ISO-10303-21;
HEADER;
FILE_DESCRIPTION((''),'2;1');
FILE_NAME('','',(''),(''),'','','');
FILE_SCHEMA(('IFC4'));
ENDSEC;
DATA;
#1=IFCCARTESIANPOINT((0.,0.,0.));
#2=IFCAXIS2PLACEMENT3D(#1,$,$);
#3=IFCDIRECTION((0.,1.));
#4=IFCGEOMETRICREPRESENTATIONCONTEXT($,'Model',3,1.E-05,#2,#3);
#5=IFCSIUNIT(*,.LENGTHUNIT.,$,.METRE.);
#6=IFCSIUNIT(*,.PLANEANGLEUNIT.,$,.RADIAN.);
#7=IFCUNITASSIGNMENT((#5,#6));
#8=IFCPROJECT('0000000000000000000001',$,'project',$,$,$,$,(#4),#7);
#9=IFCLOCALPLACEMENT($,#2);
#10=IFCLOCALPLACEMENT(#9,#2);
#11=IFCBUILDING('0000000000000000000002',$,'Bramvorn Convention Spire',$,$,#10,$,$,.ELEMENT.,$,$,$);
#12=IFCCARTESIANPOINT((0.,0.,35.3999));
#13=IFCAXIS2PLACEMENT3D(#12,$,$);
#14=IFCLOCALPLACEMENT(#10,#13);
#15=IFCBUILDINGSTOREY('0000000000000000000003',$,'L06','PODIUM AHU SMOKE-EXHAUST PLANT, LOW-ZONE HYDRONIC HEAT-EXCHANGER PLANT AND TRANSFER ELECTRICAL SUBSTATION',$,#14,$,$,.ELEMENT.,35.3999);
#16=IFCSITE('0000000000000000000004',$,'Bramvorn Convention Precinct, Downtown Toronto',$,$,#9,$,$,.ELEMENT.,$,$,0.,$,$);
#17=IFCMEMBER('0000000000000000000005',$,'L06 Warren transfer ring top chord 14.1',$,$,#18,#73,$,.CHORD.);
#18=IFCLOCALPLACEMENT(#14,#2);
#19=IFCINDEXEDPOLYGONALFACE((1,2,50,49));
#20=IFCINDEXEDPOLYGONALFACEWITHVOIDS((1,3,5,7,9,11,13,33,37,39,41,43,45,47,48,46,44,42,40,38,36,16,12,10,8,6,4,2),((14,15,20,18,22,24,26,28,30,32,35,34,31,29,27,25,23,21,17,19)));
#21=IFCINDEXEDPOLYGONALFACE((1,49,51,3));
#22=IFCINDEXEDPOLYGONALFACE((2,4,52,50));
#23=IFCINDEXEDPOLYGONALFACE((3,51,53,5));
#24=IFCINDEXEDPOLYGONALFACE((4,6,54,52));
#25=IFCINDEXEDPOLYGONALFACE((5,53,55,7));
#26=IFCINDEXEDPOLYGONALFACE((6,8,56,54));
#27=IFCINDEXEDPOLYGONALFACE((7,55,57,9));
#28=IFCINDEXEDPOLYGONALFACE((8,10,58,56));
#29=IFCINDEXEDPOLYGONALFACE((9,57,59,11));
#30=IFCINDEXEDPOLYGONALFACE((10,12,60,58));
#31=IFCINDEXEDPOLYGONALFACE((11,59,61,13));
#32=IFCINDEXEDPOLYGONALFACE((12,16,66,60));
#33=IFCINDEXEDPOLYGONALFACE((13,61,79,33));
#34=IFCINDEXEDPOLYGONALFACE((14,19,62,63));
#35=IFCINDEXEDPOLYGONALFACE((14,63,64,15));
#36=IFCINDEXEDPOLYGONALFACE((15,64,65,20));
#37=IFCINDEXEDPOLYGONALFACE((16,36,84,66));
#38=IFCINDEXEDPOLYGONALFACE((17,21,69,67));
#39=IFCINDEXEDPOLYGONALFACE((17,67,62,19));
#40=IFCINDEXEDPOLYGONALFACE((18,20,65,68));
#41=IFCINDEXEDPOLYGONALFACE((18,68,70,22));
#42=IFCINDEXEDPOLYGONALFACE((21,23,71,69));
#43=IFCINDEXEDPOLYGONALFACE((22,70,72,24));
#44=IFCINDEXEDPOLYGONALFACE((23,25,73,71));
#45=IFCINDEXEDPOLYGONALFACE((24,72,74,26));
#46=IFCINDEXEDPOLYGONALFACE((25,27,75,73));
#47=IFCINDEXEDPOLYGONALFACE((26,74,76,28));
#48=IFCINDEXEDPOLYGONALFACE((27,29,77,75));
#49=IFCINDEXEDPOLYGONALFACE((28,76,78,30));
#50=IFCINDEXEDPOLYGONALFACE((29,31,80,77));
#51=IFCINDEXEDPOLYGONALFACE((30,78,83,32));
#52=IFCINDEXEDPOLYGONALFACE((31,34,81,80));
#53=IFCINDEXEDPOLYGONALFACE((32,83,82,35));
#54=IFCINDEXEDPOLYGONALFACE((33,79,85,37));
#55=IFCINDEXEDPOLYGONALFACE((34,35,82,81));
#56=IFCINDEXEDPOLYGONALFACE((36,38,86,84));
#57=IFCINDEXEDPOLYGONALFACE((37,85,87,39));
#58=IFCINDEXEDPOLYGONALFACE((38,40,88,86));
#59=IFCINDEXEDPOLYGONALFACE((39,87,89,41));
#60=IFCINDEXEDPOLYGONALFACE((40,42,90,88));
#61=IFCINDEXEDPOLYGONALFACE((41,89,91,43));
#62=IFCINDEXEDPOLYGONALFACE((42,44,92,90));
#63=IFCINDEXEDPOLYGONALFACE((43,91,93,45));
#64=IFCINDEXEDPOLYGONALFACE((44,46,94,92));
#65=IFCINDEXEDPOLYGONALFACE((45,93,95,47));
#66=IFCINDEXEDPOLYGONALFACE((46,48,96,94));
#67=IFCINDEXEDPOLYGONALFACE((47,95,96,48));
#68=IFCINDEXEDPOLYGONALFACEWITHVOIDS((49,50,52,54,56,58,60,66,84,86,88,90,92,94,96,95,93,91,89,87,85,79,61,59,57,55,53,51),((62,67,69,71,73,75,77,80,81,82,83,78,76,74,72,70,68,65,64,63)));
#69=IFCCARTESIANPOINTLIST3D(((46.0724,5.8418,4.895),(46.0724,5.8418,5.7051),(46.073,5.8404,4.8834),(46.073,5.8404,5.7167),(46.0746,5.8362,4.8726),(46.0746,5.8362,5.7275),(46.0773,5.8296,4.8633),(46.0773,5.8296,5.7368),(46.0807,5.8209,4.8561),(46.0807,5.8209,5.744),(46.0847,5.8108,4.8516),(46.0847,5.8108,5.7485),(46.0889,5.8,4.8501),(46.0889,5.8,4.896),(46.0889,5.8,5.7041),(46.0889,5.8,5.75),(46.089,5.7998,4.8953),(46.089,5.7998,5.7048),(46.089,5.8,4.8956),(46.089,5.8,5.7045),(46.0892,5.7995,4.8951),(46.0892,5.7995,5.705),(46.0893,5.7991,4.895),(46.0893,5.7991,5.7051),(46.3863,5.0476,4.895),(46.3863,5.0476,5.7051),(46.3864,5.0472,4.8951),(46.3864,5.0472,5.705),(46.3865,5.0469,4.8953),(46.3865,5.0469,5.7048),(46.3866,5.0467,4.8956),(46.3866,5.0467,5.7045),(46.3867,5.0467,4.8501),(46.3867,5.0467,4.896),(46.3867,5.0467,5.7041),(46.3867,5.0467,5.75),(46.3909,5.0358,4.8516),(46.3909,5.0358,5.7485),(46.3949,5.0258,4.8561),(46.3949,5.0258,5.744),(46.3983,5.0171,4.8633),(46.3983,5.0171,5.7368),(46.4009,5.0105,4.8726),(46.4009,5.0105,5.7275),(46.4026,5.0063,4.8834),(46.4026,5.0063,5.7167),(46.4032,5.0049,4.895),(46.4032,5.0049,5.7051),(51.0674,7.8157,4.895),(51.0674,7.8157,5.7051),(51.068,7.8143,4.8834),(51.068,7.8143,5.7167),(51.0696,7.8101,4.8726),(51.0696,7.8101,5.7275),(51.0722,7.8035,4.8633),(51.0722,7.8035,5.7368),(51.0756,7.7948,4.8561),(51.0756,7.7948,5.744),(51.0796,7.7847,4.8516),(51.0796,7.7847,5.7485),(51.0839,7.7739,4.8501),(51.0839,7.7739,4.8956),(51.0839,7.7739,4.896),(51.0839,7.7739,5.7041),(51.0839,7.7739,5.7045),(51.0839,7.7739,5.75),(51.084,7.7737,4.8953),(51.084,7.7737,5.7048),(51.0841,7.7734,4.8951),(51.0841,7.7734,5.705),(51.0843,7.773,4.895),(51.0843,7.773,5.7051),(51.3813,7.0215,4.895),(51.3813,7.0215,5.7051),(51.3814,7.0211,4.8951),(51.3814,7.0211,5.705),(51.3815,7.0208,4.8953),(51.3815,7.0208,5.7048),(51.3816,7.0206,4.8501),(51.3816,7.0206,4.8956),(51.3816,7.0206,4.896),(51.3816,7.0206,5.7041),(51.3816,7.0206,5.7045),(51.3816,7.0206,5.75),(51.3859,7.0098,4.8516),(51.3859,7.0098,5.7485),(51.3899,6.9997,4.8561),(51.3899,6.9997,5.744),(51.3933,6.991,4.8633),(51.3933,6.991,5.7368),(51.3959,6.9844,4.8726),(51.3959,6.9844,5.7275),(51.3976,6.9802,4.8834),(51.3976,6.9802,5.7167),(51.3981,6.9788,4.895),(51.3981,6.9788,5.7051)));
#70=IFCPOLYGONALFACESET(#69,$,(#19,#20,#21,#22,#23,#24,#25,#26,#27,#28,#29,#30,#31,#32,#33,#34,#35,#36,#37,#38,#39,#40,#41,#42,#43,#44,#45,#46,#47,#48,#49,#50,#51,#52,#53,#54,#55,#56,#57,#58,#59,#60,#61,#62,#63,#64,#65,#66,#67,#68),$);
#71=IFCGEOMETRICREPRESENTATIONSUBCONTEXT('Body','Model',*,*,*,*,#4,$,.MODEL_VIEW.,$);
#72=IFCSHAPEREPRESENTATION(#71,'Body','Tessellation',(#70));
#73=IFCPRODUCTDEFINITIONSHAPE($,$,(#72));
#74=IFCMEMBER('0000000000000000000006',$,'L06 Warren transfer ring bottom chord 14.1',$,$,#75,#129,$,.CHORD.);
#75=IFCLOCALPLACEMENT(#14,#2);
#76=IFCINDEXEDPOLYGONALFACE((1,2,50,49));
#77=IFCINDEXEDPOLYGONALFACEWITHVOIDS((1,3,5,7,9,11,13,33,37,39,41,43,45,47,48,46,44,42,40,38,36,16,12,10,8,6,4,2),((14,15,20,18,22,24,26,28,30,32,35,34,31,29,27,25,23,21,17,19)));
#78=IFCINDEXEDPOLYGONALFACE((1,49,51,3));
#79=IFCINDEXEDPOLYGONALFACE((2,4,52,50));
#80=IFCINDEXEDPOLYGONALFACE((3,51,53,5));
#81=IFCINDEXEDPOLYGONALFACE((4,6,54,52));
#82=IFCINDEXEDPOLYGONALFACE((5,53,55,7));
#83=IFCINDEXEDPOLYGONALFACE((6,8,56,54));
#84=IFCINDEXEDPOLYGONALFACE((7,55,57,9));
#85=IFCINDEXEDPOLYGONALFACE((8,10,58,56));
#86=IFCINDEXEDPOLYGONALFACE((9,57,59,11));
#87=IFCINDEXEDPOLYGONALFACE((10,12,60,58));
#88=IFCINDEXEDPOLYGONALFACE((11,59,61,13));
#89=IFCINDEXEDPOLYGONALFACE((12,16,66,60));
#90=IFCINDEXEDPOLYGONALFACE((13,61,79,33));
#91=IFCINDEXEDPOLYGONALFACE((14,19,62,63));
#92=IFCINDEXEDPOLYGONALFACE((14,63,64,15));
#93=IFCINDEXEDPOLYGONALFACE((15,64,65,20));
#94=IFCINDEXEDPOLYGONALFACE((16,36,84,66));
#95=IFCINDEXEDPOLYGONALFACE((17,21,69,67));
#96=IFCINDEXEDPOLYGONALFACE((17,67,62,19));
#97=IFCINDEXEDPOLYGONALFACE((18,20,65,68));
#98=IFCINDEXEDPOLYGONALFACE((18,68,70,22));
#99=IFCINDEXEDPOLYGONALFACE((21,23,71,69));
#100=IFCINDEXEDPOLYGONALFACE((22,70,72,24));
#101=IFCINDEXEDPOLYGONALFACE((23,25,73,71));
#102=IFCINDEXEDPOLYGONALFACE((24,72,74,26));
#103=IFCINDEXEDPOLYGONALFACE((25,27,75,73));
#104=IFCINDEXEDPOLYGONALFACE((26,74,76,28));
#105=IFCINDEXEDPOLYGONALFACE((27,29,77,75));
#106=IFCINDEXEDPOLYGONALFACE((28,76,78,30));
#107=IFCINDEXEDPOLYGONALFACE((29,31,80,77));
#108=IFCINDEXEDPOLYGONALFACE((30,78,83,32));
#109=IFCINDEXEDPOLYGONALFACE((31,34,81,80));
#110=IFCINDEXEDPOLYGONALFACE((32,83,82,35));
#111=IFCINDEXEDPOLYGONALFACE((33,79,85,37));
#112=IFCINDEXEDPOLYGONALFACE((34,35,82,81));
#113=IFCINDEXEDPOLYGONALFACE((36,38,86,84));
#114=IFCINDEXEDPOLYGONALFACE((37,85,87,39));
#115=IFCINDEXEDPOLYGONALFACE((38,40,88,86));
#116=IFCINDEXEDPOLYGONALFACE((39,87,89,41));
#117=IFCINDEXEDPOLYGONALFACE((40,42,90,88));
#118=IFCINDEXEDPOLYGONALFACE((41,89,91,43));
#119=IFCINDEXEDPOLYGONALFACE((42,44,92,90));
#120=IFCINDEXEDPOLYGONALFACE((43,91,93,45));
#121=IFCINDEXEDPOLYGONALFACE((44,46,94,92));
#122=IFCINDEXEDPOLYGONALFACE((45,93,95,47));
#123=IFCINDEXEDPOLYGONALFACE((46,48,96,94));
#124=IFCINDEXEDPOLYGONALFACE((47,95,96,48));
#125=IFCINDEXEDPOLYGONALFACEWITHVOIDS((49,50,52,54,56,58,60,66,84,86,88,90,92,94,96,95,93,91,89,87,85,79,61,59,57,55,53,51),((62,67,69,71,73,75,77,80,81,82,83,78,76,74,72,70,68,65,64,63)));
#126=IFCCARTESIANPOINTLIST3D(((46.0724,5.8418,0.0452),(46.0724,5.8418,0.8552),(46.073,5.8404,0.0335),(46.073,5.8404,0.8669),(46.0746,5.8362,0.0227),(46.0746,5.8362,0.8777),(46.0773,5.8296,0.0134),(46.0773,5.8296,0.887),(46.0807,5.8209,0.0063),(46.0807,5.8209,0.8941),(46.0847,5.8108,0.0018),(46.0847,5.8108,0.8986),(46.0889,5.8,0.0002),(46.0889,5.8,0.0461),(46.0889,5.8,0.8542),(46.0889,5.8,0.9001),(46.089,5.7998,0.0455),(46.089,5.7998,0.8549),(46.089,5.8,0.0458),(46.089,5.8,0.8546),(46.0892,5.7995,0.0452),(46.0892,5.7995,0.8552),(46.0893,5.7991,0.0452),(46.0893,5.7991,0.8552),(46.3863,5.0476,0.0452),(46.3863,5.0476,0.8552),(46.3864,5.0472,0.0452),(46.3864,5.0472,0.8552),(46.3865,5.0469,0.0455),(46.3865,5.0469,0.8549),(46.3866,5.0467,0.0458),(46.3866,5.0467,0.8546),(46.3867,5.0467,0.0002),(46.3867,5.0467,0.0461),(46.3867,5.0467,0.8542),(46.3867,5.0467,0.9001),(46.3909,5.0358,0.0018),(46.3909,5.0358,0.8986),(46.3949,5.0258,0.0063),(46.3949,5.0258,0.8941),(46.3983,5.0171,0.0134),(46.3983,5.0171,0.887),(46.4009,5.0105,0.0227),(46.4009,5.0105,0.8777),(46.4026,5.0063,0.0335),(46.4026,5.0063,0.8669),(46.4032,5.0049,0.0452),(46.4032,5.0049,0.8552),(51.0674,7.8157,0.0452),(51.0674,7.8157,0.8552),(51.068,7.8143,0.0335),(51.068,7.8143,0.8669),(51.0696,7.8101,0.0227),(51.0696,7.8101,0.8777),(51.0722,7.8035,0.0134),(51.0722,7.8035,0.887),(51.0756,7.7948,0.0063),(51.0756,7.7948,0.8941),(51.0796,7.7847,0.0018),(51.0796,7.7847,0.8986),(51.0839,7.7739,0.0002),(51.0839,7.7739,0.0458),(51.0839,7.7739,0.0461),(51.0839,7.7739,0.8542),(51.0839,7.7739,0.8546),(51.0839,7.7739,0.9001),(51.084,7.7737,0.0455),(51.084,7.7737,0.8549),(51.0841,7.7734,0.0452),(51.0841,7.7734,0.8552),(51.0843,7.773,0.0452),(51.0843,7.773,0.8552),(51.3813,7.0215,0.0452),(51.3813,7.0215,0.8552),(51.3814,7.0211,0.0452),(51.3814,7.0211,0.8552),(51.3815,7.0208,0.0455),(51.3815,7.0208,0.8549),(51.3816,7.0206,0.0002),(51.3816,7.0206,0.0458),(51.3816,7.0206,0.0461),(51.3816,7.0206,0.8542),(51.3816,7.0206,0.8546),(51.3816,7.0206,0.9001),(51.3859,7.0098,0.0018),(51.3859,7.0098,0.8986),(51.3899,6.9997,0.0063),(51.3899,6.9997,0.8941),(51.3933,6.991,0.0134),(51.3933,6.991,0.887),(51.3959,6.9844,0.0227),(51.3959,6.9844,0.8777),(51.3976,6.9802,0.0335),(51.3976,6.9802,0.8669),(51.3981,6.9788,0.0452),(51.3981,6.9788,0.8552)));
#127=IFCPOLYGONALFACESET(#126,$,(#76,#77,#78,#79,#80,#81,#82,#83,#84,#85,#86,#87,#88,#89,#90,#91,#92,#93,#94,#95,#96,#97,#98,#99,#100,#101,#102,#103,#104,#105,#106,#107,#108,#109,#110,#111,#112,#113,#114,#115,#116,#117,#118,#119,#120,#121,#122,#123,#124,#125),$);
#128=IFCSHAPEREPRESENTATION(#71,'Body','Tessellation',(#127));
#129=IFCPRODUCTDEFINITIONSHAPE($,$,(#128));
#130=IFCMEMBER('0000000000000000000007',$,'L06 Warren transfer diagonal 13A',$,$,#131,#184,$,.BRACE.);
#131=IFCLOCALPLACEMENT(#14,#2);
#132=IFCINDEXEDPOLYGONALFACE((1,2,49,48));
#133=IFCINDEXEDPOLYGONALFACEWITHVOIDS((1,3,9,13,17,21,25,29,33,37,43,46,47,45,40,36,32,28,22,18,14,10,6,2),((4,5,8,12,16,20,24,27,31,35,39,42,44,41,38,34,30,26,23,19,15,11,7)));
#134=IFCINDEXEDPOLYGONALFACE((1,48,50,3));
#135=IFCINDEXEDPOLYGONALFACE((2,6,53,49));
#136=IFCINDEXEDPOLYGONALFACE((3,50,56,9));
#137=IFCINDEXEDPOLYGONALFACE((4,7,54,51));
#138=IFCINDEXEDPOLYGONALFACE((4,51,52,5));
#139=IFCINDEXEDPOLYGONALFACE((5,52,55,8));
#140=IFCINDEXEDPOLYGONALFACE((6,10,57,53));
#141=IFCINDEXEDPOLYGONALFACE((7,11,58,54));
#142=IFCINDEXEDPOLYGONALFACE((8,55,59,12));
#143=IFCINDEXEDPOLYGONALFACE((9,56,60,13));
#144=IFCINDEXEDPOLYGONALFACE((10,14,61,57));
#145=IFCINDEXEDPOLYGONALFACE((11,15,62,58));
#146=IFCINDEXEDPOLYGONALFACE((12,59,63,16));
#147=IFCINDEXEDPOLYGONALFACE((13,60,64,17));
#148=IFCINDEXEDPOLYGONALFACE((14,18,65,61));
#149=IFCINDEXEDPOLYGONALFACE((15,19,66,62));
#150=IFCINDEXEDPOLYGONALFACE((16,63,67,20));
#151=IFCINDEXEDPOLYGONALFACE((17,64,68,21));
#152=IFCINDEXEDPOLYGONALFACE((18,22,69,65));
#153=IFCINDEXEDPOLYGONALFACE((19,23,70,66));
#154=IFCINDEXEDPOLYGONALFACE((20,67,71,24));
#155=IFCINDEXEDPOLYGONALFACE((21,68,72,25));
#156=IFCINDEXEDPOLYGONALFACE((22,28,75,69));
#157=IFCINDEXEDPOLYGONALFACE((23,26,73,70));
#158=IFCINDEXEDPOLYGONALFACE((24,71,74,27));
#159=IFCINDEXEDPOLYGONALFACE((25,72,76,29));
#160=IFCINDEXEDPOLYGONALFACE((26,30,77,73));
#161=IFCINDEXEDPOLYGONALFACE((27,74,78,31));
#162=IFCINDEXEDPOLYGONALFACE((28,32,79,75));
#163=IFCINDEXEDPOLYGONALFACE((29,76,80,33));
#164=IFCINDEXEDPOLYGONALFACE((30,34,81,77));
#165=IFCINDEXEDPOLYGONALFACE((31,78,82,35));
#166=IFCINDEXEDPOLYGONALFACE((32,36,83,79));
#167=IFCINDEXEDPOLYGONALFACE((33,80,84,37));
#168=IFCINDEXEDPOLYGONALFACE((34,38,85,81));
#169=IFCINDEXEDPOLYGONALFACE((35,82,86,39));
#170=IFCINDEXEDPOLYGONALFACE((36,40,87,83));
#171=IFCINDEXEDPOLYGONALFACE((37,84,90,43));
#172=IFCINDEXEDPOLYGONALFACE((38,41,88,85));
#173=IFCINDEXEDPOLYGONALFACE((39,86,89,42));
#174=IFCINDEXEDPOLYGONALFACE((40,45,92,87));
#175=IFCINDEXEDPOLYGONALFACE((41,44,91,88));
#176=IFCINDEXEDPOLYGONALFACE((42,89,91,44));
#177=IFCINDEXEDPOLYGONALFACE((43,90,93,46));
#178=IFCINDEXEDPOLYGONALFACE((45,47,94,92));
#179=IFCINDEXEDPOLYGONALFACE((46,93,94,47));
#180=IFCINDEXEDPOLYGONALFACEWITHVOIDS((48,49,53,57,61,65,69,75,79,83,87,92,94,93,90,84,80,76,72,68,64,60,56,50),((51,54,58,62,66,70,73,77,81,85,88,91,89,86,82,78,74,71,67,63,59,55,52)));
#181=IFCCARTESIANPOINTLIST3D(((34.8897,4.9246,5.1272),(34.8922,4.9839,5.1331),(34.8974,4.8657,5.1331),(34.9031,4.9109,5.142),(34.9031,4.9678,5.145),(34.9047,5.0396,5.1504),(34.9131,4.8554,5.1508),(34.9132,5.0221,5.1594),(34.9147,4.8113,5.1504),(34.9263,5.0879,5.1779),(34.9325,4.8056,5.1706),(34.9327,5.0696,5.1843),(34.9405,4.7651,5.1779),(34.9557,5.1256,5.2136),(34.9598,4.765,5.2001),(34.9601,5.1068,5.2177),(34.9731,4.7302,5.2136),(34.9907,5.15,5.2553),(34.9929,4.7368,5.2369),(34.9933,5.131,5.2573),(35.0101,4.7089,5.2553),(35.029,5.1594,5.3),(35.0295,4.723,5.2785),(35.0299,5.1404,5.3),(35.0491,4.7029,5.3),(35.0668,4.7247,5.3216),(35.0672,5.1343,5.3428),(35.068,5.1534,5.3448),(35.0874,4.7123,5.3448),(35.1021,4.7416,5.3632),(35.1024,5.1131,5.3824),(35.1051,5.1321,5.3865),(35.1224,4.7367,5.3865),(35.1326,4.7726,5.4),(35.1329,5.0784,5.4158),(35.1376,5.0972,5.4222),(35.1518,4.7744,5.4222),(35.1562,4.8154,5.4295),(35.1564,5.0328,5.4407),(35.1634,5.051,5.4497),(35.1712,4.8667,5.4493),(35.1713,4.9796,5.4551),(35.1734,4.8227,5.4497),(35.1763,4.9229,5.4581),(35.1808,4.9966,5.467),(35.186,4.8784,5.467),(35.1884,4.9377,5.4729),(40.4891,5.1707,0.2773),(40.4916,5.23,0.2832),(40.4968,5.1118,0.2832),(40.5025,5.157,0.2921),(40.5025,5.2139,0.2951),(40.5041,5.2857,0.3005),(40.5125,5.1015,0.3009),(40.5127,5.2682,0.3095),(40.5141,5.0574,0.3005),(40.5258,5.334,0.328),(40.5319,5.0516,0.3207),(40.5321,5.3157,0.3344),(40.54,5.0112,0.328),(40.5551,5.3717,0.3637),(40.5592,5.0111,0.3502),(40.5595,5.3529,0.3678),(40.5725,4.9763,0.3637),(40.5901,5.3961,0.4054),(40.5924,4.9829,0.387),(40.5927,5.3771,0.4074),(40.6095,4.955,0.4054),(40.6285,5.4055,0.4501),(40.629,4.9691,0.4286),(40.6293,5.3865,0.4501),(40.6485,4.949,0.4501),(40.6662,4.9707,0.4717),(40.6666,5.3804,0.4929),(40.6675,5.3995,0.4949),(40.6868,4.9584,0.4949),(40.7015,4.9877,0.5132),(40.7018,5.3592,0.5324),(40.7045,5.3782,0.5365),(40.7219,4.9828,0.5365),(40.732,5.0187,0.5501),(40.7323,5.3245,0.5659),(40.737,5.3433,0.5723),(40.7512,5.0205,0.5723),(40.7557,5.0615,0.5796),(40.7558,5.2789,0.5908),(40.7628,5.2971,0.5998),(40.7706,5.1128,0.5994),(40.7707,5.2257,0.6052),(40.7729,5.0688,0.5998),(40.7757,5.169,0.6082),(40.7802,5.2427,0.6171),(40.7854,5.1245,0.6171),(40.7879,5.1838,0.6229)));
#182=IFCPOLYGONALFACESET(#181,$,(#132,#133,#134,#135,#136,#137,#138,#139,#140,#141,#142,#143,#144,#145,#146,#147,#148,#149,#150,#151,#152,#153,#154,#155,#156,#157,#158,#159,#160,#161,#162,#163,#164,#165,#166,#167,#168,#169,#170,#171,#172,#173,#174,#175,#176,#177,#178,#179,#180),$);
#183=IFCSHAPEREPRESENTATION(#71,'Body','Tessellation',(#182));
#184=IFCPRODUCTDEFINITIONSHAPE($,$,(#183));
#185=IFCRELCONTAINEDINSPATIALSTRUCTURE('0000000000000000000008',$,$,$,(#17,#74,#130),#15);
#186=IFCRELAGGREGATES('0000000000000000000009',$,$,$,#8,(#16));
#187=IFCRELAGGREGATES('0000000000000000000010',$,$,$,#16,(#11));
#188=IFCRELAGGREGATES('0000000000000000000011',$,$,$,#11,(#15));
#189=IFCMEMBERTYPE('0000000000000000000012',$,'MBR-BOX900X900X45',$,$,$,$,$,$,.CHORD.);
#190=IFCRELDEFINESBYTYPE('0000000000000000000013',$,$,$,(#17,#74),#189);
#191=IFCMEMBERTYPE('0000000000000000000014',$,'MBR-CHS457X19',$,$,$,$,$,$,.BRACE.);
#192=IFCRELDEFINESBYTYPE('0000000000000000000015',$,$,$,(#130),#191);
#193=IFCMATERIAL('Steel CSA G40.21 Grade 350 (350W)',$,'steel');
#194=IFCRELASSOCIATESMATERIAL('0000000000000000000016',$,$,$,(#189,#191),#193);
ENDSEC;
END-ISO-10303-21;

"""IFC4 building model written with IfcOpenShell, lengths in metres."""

from ifc_helpers import new_model, si_unit, direction, frame, origin, origin_2d, place, context, subcontext, project, spatial, hollow_rectangle, hollow_circle, extrude, material, material_profile, profile_set, type_object, element, save


model = new_model("IFC4")

# Units and contexts
model_context = context("Model", 3, precision=1e-05, world=origin(), true_north=direction((0.0, 1.0)))
body_context = subcontext(model_context, "Body", "Model", "MODEL_VIEW")
ifc_project = project(units=[si_unit("LENGTHUNIT", "METRE"), si_unit("PLANEANGLEUNIT", "RADIAN")], contexts=[model_context])

# Site, building, storey
site_placement = place(None, origin())
site = spatial("IfcSite", under=ifc_project, at=site_placement, Name="Bramvorn Convention Precinct, Downtown Toronto", CompositionType="ELEMENT", RefElevation=0.0)
building_placement = place(site_placement, origin())
building = spatial("IfcBuilding", under=site, at=building_placement, Name="Bramvorn Convention Spire", CompositionType="ELEMENT")
storey_placement = place(building_placement, frame((0.0, 0.0, 35.3999)))
storey = spatial("IfcBuildingStorey", under=building, at=storey_placement, Name="L06", Description="PODIUM AHU SMOKE-EXHAUST PLANT, LOW-ZONE HYDRONIC HEAT-EXCHANGER PLANT AND TRANSFER ELECTRICAL SUBSTATION", CompositionType="ELEMENT", Elevation=35.3999)

# Shared definitions
ifc_material_1 = material(Name="Steel CSA G40.21 Grade 350 (350W)", Category="steel")

# Members
ifc_material_profile_1 = material_profile(ifc_material_1, hollow_rectangle(XDim=0.8999, YDim=0.8999, WallThickness=0.0449, InnerFilletRadius=0.001, OuterFilletRadius=0.0449, at=origin_2d()))
ifc_profile_set_1 = profile_set([ifc_material_profile_1], Name="Steel CSA G40.21 Grade 350 (350W) - BOX900X900X45")
member_type_1 = type_object("IfcMemberType", Name="MBR-BOX900X900X45", PredefinedType="CHORD", material=ifc_profile_set_1)
for number, where, z_axis, x_axis, name in (
    (1, (46.2378, 5.4233, 5.3), (0.930014, 0.367524, 0.0), (-0.367524, 0.930014, 0.0), "L06 Warren transfer ring top chord 14.1"),
    (2, (46.2378, 5.4233, 0.4502), (0.930014, 0.367524, 0.0), (-0.367524, 0.930014, 0.0), "L06 Warren transfer ring bottom chord 14.1"),
):
    element("IfcMember", number, at=place(storey_placement, frame(where, z_axis=z_axis, x_axis=x_axis)), inside=storey, type_object=member_type_1, Name=name, PredefinedType="CHORD", context=body_context, shape_type="SweptSolid", body=[
        extrude(hollow_rectangle(XDim=0.8999, YDim=0.8999, WallThickness=0.0449, InnerFilletRadius=0.001, OuterFilletRadius=0.0449, at=origin_2d()), origin(), (0.0, 0.0, 1.0), 5.3708),
    ])
ifc_material_profile_2 = material_profile(ifc_material_1, hollow_circle(Radius=0.2285, WallThickness=0.019, at=origin_2d()))
ifc_profile_set_2 = profile_set([ifc_material_profile_2], Name="Steel CSA G40.21 Grade 350 (350W) - CHS457X19")
member_type_2 = type_object("IfcMemberType", Name="MBR-CHS457X19", PredefinedType="BRACE", material=ifc_profile_set_2)
for number, where, z_axis, x_axis, name in (
    (3, (35.0391, 4.9312, 5.3), (0.755468, 0.033203, -0.654344), (-0.043908, 0.999036, 0.0), "L06 Warren transfer diagonal 13A"),
):
    element("IfcMember", number, at=place(storey_placement, frame(where, z_axis=z_axis, x_axis=x_axis)), inside=storey, type_object=member_type_2, Name=name, PredefinedType="BRACE", context=body_context, shape_type="SweptSolid", body=[
        extrude(hollow_circle(Radius=0.2285, WallThickness=0.019, at=origin_2d()), origin(), (0.0, 0.0, 1.0), 7.4119),
    ])

save(model, "model.ifc")
